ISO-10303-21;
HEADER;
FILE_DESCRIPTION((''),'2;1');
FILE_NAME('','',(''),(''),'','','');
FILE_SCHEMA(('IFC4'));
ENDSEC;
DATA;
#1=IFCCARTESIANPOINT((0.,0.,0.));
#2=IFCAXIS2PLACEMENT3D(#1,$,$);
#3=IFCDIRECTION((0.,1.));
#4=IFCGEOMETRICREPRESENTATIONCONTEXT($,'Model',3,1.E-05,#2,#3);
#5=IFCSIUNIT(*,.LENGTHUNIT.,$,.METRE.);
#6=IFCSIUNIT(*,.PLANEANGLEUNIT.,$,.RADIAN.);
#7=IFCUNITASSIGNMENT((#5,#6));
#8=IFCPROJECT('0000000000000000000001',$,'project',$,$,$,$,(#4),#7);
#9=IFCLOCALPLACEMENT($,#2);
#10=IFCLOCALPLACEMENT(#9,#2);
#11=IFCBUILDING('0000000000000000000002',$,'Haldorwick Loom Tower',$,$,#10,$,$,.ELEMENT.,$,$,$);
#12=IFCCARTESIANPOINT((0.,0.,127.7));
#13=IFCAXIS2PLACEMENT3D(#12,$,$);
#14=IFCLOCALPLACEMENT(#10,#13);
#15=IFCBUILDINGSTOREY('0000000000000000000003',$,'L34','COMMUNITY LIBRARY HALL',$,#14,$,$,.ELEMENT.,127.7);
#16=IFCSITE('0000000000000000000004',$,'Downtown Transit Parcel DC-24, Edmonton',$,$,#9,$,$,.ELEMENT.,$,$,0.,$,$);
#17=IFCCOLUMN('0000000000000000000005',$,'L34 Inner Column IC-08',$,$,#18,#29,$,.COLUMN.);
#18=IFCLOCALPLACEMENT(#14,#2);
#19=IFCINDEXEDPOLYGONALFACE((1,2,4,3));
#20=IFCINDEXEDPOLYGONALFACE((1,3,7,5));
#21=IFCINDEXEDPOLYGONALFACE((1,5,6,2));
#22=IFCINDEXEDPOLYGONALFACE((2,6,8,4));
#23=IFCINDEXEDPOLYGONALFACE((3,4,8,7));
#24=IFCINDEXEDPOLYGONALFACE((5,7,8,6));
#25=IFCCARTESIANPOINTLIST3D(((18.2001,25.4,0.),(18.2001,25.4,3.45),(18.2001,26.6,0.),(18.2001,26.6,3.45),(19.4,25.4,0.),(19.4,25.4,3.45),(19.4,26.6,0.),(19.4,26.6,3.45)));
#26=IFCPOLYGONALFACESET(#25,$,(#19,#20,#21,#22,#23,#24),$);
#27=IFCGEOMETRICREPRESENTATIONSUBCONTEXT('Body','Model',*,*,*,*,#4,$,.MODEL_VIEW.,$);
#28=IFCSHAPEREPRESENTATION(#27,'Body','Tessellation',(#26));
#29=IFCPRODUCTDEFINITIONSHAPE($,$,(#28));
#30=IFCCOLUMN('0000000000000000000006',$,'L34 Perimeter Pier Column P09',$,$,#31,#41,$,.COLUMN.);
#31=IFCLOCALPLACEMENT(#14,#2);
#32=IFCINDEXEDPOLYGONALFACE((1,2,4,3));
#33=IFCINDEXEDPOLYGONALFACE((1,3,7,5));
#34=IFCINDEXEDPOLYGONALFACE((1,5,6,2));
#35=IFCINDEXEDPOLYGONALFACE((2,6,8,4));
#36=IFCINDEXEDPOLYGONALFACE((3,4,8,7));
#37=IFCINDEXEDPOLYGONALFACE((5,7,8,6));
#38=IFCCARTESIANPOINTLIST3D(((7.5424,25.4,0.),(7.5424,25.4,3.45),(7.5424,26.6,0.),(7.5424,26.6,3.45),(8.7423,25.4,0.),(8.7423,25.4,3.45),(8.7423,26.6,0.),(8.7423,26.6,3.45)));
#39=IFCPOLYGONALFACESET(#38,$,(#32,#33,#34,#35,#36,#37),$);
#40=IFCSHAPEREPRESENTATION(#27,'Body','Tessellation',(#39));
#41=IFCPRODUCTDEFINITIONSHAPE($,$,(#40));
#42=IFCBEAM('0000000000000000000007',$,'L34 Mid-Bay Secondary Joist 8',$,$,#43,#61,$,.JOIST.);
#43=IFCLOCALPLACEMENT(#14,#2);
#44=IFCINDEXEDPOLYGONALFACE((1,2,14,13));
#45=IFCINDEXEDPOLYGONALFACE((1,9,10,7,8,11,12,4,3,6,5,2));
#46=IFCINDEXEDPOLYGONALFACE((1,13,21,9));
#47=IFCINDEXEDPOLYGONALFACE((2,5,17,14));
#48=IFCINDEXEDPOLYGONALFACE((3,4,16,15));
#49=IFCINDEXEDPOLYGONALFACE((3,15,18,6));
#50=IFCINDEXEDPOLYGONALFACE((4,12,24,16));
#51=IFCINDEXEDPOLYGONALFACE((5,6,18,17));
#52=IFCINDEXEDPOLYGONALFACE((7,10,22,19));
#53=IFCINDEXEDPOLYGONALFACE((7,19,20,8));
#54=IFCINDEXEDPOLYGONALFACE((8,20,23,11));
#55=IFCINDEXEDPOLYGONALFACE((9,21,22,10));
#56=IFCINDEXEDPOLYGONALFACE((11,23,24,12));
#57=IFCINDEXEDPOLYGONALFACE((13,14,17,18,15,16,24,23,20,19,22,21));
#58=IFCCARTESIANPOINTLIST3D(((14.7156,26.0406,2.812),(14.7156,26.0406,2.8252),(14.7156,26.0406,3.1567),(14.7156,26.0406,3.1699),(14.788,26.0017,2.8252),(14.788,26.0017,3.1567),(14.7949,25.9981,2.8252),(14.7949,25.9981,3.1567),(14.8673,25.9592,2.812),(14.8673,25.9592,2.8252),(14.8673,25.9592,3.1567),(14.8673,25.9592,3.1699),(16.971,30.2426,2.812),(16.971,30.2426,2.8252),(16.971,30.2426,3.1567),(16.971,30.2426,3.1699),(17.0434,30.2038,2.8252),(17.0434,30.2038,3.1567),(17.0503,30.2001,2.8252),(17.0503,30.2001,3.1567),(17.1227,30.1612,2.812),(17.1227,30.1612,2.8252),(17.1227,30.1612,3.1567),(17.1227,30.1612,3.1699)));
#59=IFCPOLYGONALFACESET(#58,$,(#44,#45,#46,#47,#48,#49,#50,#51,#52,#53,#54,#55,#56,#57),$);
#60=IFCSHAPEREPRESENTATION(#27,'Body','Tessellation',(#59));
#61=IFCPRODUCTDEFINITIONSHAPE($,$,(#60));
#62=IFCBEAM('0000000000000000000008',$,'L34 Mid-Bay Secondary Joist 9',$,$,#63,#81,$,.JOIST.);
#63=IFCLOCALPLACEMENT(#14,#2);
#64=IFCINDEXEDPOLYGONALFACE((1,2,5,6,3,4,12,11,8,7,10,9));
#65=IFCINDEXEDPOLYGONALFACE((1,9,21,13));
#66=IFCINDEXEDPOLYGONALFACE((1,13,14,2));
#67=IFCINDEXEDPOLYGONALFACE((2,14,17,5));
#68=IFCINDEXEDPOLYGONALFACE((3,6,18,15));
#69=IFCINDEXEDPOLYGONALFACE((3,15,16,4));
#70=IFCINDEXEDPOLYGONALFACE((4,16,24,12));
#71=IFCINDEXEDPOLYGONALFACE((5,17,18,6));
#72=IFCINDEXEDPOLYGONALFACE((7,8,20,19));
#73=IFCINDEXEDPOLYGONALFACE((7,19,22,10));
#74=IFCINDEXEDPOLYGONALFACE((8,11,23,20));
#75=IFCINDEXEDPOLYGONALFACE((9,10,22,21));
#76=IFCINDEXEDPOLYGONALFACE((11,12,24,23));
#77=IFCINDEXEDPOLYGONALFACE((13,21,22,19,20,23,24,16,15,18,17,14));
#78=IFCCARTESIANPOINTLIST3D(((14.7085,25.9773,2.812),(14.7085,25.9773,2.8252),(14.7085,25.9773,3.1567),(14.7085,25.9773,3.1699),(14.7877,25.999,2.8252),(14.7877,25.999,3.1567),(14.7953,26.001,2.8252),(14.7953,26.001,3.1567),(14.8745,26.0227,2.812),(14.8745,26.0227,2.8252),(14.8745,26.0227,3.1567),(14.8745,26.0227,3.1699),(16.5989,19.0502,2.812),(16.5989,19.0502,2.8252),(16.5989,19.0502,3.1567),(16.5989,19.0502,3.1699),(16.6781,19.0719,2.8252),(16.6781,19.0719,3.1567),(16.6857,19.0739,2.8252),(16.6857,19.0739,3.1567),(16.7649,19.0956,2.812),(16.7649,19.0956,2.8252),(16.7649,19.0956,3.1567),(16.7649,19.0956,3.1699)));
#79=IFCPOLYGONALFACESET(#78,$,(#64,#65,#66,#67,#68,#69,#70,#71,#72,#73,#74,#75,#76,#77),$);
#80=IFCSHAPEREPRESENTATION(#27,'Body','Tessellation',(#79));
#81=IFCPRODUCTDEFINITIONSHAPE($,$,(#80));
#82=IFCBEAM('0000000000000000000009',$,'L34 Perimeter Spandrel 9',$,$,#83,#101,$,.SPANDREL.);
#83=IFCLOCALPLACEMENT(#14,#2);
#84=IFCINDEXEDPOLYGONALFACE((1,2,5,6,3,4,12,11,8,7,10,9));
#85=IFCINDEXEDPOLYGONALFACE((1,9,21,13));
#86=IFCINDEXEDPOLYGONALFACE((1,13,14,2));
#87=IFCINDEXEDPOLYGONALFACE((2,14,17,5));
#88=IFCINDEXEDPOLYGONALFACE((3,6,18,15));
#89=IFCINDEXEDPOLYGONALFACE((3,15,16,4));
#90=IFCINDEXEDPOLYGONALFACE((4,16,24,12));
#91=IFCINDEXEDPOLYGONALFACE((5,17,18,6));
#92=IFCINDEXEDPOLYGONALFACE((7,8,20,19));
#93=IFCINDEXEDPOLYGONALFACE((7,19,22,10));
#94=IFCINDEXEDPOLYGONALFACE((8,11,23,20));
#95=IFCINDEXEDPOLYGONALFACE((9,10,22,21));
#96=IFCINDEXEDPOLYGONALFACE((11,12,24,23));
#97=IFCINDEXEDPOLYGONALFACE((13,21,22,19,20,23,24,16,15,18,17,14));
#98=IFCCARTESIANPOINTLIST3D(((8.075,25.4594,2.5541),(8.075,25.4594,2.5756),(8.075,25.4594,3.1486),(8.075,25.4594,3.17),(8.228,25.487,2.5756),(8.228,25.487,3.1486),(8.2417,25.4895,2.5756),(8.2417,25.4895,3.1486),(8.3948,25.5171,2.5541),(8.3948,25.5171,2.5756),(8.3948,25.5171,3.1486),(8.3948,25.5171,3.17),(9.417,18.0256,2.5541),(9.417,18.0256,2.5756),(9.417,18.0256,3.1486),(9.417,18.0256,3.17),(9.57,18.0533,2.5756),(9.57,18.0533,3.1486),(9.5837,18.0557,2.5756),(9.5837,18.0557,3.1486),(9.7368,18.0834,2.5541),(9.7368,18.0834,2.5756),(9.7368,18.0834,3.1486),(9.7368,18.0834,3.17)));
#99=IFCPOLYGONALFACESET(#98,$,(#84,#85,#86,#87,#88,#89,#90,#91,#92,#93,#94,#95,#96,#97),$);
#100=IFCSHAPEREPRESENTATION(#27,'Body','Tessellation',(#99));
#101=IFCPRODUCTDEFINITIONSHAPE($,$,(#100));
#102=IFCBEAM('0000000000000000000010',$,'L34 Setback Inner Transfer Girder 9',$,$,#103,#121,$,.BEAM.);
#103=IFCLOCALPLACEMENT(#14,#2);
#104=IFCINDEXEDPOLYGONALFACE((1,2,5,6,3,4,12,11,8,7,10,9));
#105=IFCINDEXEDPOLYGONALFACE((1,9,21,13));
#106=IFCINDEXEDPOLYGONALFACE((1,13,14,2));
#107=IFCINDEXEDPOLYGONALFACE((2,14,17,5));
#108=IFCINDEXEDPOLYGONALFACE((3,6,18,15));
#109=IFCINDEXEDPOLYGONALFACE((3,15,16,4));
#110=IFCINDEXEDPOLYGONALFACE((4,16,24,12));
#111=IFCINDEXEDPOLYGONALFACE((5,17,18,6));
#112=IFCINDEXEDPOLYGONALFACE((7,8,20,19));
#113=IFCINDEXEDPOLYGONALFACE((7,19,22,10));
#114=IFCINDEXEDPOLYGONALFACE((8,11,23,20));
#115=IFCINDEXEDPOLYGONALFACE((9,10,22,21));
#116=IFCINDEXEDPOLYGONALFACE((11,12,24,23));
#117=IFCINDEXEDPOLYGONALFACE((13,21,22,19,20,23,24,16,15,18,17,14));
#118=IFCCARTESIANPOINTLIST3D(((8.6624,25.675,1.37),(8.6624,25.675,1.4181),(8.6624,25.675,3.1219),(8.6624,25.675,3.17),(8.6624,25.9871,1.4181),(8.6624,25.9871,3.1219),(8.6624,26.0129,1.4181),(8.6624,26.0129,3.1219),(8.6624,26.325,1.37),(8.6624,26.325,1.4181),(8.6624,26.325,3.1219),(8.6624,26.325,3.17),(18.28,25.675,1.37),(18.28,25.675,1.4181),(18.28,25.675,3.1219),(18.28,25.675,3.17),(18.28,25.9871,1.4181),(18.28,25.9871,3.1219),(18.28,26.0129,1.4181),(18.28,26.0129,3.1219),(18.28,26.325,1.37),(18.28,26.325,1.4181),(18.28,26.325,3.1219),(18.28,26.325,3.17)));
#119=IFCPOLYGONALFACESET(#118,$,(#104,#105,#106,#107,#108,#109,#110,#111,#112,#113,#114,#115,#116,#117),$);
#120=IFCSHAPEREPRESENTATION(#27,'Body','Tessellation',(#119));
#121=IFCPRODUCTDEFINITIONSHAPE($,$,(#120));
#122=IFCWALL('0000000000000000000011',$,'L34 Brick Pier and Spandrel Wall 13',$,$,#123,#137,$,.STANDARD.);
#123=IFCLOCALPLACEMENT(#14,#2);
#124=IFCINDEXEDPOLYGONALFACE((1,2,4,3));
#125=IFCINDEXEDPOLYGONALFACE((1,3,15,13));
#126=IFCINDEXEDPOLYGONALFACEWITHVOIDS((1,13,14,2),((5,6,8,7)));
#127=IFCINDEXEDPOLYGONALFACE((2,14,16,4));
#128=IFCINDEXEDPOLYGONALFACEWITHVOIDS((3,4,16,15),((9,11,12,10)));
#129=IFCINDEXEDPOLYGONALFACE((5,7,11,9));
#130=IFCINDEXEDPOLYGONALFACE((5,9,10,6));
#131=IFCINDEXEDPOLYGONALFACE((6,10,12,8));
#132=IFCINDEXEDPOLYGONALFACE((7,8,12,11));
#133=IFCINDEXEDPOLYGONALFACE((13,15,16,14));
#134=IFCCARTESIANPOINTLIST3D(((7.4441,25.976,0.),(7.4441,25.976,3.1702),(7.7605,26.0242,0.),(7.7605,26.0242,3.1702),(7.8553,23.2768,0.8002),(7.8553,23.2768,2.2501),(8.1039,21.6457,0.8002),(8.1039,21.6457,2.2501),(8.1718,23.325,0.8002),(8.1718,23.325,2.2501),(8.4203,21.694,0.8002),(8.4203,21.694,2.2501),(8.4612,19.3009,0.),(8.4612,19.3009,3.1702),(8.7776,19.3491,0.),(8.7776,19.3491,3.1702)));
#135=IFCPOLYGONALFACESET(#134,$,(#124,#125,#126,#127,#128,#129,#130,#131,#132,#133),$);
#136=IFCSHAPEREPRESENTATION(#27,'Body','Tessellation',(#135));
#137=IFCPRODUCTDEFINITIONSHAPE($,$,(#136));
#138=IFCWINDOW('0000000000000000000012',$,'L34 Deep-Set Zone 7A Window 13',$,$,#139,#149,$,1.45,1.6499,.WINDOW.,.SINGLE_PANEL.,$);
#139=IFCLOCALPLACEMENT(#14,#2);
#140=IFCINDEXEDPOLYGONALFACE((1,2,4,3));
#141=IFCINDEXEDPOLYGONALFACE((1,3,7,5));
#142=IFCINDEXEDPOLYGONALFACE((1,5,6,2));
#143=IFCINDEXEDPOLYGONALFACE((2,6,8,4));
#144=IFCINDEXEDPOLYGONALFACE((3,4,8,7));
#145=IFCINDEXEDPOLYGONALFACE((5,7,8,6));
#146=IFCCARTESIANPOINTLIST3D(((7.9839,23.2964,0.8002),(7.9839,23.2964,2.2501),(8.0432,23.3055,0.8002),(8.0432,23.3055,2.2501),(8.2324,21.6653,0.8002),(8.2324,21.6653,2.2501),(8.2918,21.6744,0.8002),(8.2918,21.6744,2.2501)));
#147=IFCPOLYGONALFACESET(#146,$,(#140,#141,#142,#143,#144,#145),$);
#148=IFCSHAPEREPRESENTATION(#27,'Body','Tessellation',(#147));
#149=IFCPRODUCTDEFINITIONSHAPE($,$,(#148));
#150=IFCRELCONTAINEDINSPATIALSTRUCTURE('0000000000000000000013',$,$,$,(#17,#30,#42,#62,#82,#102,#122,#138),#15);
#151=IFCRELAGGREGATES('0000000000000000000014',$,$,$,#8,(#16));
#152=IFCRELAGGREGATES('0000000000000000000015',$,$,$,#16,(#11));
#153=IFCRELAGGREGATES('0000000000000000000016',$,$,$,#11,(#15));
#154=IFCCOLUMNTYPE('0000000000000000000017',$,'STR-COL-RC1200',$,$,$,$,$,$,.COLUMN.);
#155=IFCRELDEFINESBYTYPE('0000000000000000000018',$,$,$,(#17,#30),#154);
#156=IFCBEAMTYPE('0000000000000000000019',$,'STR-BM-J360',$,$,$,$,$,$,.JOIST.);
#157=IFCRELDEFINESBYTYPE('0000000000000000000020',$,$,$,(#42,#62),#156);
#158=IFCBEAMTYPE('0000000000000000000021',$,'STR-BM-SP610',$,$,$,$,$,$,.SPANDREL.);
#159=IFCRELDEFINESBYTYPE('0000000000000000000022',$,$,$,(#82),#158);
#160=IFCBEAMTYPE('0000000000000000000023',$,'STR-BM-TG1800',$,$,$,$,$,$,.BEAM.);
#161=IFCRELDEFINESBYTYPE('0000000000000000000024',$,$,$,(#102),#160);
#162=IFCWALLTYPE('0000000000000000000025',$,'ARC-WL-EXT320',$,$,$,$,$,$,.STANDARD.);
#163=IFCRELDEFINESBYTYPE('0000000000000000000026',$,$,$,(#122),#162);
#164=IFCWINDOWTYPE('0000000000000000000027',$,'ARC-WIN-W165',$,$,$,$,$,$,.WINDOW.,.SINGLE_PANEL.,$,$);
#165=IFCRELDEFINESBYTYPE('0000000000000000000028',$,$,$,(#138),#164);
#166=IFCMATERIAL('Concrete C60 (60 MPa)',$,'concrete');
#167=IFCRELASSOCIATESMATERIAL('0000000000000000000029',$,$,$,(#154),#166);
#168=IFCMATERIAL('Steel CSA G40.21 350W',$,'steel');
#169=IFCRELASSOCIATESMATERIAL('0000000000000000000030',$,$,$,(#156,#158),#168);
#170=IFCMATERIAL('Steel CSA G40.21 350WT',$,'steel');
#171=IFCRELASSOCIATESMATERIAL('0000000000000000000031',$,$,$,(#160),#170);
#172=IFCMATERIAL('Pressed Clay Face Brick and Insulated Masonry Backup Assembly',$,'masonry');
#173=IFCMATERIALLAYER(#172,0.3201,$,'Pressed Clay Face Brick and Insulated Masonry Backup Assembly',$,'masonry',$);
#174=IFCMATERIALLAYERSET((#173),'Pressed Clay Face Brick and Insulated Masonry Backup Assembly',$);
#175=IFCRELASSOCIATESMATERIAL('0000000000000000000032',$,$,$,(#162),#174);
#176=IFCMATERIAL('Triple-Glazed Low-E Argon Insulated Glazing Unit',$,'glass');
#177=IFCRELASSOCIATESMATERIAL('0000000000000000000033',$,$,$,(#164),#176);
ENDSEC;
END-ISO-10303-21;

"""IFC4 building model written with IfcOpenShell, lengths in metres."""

from ifc_helpers import new_model, si_unit, direction, frame, frame_2d, origin, origin_2d, place, context, subcontext, project, spatial, rectangle, i_section, extrude, material, layer, layer_set, material_profile, profile_set, type_object, element, fill, save


model = new_model("IFC4")

# Units and contexts
model_context = context("Model", 3, precision=1e-05, world=origin(), true_north=direction((0.0, 1.0)))
body_context = subcontext(model_context, "Body", "Model", "MODEL_VIEW")
ifc_project = project(units=[si_unit("LENGTHUNIT", "METRE"), si_unit("PLANEANGLEUNIT", "RADIAN")], contexts=[model_context])

# Site, building, storey
site_placement = place(None, origin())
site = spatial("IfcSite", under=ifc_project, at=site_placement, Name="Downtown Transit Parcel DC-24, Edmonton", CompositionType="ELEMENT", RefElevation=0.0)
building_placement = place(site_placement, origin())
building = spatial("IfcBuilding", under=site, at=building_placement, Name="Haldorwick Loom Tower", CompositionType="ELEMENT")
storey_placement = place(building_placement, frame((0.0, 0.0, 127.7)))
storey = spatial("IfcBuildingStorey", under=building, at=storey_placement, Name="L34", Description="COMMUNITY LIBRARY HALL", CompositionType="ELEMENT", Elevation=127.7)

# Columns
ifc_material_1 = material(Name="Concrete C60 (60 MPa)", Category="concrete")
ifc_material_profile_1 = material_profile(ifc_material_1, rectangle(XDim=1.2, YDim=1.2, at=origin_2d()), Name="RC1200X1200", Category="concrete")
ifc_profile_set_1 = profile_set([ifc_material_profile_1], Name="Concrete C60 (60 MPa)")
column_type = type_object("IfcColumnType", Name="STR-COL-RC1200", PredefinedType="COLUMN", material=ifc_profile_set_1)
for number, where, z_axis, x_axis, name in (
    (1, (18.8, 26.0, 0.0), (0.0, 0.0, 1.0), (1.0, 0.0, 0.0), "L34 Inner Column IC-08"),
    (2, (8.1423, 26.0, 0.0), (0.0, 0.0, 1.0), (-1.0, 0.0, 0.0), "L34 Perimeter Pier Column P09"),
):
    element("IfcColumn", number, at=place(storey_placement, frame(where, z_axis=z_axis, x_axis=x_axis)), inside=storey, type_object=column_type, Name=name, PredefinedType="COLUMN", context=body_context, shape_type="SweptSolid", body=[
        extrude(rectangle(XDim=1.2, YDim=1.2, at=origin_2d()), origin(), (0.0, 0.0, 1.0), 3.45),
    ])

# Beams
ifc_material_2 = material(Name="Steel CSA G40.21 350W", Category="steel")
ifc_material_profile_2 = material_profile(ifc_material_2, i_section(OverallWidth=0.1721, OverallDepth=0.3579, WebThickness=0.0078, FlangeThickness=0.0132, at=origin_2d()), Name="W360X57", Category="steel")
ifc_profile_set_2 = profile_set([ifc_material_profile_2], Name="Steel CSA G40.21 350W")
beam_type_1 = type_object("IfcBeamType", Name="STR-BM-J360", PredefinedType="JOIST", material=ifc_profile_set_2)
beam_1_placement = place(storey_placement, frame((17.0469, 30.2019, 2.991), z_axis=(-0.47293, -0.8811, 0.0), x_axis=(0.8811, -0.47293, 0.0)))
element("IfcBeam", 3, at=beam_1_placement, inside=storey, type_object=beam_type_1, Name="L34 Mid-Bay Secondary Joist 8", PredefinedType="JOIST", context=body_context, shape_type="SweptSolid", body=[
    extrude(i_section(OverallWidth=0.1721, OverallDepth=0.3579, WebThickness=0.0078, FlangeThickness=0.0132, at=origin_2d()), origin(), (0.0, 0.0, 1.0), 4.769),
])
beam_2_placement = place(storey_placement, frame((14.7915, 26.0, 2.991), z_axis=(0.263273, -0.964721, 0.0), x_axis=(0.964721, 0.263273, 0.0)))
element("IfcBeam", 4, at=beam_2_placement, inside=storey, type_object=beam_type_1, Name="L34 Mid-Bay Secondary Joist 9", PredefinedType="JOIST", context=body_context, shape_type="SweptSolid", body=[
    extrude(i_section(OverallWidth=0.1721, OverallDepth=0.3579, WebThickness=0.0078, FlangeThickness=0.0132, at=origin_2d()), origin(), (0.0, 0.0, 1.0), 7.1804),
])
ifc_material_profile_3 = material_profile(ifc_material_2, i_section(OverallWidth=0.325, OverallDepth=0.616, WebThickness=0.0139, FlangeThickness=0.0215, at=origin_2d()), Name="W610X174", Category="steel")
ifc_profile_set_3 = profile_set([ifc_material_profile_3], Name="Steel CSA G40.21 350W")
beam_type_2 = type_object("IfcBeamType", Name="STR-BM-SP610", PredefinedType="SPANDREL", material=ifc_profile_set_3)
beam_3_placement = place(storey_placement, frame((8.2349, 25.4883, 2.8621), z_axis=(0.177659, -0.984092, 0.0), x_axis=(0.984092, 0.177659, 0.0)))
element("IfcBeam", 5, at=beam_3_placement, inside=storey, type_object=beam_type_2, Name="L34 Perimeter Spandrel 9", PredefinedType="SPANDREL", context=body_context, shape_type="SweptSolid", body=[
    extrude(i_section(OverallWidth=0.325, OverallDepth=0.616, WebThickness=0.0139, FlangeThickness=0.0215, at=origin_2d()), origin(), (0.0, 0.0, 1.0), 7.554),
])
ifc_material_3 = material(Name="Steel CSA G40.21 350WT", Category="steel")
ifc_material_profile_4 = material_profile(ifc_material_3, i_section(OverallWidth=0.6499, OverallDepth=1.8, WebThickness=0.0259, FlangeThickness=0.0481, at=origin_2d()), Name="WWF1800X650", Category="steel")
ifc_profile_set_4 = profile_set([ifc_material_profile_4], Name="Steel CSA G40.21 350WT")
beam_type_3 = type_object("IfcBeamType", Name="STR-BM-TG1800", PredefinedType="BEAM", material=ifc_profile_set_4)
beam_4_placement = place(storey_placement, frame((18.28, 26.0, 2.27), z_axis=(-1.0, 0.0, 0.0), x_axis=(0.0, -1.0, 0.0)))
element("IfcBeam", 6, at=beam_4_placement, inside=storey, type_object=beam_type_3, Name="L34 Setback Inner Transfer Girder 9", PredefinedType="BEAM", context=body_context, shape_type="SweptSolid", body=[
    extrude(i_section(OverallWidth=0.6499, OverallDepth=1.8, WebThickness=0.0259, FlangeThickness=0.0481, at=origin_2d()), origin(), (0.0, 0.0, 1.0), 9.6177),
])

# Wall, opening, window
ifc_material_4 = material(Name="Pressed Clay Face Brick and Insulated Masonry Backup Assembly", Category="masonry")
ifc_layer_1 = layer(ifc_material_4, 0.3201, Name="Pressed Clay Face Brick and Insulated Masonry Backup Assembly", Category="masonry")
ifc_layer_set_1 = layer_set([ifc_layer_1], Name="Pressed Clay Face Brick and Insulated Masonry Backup Assembly")
wall_type_1 = type_object("IfcWallType", Name="ARC-WL-EXT320", PredefinedType="STANDARD", material=ifc_layer_set_1)
wall_1_placement = place(storey_placement, frame((7.6023, 26.0, 0.0), z_axis=(0.0, 0.0, 1.0), x_axis=(0.150633, -0.98859, 0.0)))
wall_1 = element("IfcWall", 7, at=wall_1_placement, inside=storey, type_object=wall_type_1, Name="L34 Brick Pier and Spandrel Wall 13", PredefinedType="STANDARD", context=body_context, shape_type="SweptSolid", body=[
    extrude(rectangle(XDim=6.7522, YDim=0.3201, at=frame_2d((3.376, 0.0))), origin(), (0.0, 0.0, 1.0), 3.1702),
])
opening_1_placement = place(wall_1_placement, frame((2.7302, 0.0, 0.8)))
opening_1 = element("IfcOpeningElement", 8, at=opening_1_placement, cuts=wall_1, PredefinedType="OPENING", context=body_context, shape_type="SweptSolid", body=[
    extrude(rectangle(XDim=1.6499, YDim=1.45, at=frame_2d((0.825, 0.7251))), frame((0.0, 0.1699, 0.0), z_axis=(0.0, -1.0, 0.0), x_axis=(1.0, 0.0, 0.0)), (0.0, 0.0, 1.0), 0.3401),
])
ifc_material_5 = material(Name="Triple-Glazed Low-E Argon Insulated Glazing Unit", Category="glass")
window_type = type_object("IfcWindowType", Name="ARC-WIN-W165", PartitioningType="SINGLE_PANEL", PredefinedType="WINDOW", material=ifc_material_5)
window_placement = place(opening_1_placement, origin())
window = element("IfcWindow", 9, at=window_placement, inside=storey, type_object=window_type, Name="L34 Deep-Set Zone 7A Window 13", OverallHeight=1.45, OverallWidth=1.6499, PartitioningType="SINGLE_PANEL", PredefinedType="WINDOW", context=body_context, shape_type="SweptSolid", body=[
    extrude(rectangle(XDim=1.6499, YDim=1.45, at=frame_2d((0.825, 0.7251))), frame((0.0, 0.03, 0.0), z_axis=(0.0, -1.0, 0.0), x_axis=(1.0, 0.0, 0.0)), (0.0, 0.0, 1.0), 0.0601),
])
fill(opening_1, window)

save(model, "model.ifc")
